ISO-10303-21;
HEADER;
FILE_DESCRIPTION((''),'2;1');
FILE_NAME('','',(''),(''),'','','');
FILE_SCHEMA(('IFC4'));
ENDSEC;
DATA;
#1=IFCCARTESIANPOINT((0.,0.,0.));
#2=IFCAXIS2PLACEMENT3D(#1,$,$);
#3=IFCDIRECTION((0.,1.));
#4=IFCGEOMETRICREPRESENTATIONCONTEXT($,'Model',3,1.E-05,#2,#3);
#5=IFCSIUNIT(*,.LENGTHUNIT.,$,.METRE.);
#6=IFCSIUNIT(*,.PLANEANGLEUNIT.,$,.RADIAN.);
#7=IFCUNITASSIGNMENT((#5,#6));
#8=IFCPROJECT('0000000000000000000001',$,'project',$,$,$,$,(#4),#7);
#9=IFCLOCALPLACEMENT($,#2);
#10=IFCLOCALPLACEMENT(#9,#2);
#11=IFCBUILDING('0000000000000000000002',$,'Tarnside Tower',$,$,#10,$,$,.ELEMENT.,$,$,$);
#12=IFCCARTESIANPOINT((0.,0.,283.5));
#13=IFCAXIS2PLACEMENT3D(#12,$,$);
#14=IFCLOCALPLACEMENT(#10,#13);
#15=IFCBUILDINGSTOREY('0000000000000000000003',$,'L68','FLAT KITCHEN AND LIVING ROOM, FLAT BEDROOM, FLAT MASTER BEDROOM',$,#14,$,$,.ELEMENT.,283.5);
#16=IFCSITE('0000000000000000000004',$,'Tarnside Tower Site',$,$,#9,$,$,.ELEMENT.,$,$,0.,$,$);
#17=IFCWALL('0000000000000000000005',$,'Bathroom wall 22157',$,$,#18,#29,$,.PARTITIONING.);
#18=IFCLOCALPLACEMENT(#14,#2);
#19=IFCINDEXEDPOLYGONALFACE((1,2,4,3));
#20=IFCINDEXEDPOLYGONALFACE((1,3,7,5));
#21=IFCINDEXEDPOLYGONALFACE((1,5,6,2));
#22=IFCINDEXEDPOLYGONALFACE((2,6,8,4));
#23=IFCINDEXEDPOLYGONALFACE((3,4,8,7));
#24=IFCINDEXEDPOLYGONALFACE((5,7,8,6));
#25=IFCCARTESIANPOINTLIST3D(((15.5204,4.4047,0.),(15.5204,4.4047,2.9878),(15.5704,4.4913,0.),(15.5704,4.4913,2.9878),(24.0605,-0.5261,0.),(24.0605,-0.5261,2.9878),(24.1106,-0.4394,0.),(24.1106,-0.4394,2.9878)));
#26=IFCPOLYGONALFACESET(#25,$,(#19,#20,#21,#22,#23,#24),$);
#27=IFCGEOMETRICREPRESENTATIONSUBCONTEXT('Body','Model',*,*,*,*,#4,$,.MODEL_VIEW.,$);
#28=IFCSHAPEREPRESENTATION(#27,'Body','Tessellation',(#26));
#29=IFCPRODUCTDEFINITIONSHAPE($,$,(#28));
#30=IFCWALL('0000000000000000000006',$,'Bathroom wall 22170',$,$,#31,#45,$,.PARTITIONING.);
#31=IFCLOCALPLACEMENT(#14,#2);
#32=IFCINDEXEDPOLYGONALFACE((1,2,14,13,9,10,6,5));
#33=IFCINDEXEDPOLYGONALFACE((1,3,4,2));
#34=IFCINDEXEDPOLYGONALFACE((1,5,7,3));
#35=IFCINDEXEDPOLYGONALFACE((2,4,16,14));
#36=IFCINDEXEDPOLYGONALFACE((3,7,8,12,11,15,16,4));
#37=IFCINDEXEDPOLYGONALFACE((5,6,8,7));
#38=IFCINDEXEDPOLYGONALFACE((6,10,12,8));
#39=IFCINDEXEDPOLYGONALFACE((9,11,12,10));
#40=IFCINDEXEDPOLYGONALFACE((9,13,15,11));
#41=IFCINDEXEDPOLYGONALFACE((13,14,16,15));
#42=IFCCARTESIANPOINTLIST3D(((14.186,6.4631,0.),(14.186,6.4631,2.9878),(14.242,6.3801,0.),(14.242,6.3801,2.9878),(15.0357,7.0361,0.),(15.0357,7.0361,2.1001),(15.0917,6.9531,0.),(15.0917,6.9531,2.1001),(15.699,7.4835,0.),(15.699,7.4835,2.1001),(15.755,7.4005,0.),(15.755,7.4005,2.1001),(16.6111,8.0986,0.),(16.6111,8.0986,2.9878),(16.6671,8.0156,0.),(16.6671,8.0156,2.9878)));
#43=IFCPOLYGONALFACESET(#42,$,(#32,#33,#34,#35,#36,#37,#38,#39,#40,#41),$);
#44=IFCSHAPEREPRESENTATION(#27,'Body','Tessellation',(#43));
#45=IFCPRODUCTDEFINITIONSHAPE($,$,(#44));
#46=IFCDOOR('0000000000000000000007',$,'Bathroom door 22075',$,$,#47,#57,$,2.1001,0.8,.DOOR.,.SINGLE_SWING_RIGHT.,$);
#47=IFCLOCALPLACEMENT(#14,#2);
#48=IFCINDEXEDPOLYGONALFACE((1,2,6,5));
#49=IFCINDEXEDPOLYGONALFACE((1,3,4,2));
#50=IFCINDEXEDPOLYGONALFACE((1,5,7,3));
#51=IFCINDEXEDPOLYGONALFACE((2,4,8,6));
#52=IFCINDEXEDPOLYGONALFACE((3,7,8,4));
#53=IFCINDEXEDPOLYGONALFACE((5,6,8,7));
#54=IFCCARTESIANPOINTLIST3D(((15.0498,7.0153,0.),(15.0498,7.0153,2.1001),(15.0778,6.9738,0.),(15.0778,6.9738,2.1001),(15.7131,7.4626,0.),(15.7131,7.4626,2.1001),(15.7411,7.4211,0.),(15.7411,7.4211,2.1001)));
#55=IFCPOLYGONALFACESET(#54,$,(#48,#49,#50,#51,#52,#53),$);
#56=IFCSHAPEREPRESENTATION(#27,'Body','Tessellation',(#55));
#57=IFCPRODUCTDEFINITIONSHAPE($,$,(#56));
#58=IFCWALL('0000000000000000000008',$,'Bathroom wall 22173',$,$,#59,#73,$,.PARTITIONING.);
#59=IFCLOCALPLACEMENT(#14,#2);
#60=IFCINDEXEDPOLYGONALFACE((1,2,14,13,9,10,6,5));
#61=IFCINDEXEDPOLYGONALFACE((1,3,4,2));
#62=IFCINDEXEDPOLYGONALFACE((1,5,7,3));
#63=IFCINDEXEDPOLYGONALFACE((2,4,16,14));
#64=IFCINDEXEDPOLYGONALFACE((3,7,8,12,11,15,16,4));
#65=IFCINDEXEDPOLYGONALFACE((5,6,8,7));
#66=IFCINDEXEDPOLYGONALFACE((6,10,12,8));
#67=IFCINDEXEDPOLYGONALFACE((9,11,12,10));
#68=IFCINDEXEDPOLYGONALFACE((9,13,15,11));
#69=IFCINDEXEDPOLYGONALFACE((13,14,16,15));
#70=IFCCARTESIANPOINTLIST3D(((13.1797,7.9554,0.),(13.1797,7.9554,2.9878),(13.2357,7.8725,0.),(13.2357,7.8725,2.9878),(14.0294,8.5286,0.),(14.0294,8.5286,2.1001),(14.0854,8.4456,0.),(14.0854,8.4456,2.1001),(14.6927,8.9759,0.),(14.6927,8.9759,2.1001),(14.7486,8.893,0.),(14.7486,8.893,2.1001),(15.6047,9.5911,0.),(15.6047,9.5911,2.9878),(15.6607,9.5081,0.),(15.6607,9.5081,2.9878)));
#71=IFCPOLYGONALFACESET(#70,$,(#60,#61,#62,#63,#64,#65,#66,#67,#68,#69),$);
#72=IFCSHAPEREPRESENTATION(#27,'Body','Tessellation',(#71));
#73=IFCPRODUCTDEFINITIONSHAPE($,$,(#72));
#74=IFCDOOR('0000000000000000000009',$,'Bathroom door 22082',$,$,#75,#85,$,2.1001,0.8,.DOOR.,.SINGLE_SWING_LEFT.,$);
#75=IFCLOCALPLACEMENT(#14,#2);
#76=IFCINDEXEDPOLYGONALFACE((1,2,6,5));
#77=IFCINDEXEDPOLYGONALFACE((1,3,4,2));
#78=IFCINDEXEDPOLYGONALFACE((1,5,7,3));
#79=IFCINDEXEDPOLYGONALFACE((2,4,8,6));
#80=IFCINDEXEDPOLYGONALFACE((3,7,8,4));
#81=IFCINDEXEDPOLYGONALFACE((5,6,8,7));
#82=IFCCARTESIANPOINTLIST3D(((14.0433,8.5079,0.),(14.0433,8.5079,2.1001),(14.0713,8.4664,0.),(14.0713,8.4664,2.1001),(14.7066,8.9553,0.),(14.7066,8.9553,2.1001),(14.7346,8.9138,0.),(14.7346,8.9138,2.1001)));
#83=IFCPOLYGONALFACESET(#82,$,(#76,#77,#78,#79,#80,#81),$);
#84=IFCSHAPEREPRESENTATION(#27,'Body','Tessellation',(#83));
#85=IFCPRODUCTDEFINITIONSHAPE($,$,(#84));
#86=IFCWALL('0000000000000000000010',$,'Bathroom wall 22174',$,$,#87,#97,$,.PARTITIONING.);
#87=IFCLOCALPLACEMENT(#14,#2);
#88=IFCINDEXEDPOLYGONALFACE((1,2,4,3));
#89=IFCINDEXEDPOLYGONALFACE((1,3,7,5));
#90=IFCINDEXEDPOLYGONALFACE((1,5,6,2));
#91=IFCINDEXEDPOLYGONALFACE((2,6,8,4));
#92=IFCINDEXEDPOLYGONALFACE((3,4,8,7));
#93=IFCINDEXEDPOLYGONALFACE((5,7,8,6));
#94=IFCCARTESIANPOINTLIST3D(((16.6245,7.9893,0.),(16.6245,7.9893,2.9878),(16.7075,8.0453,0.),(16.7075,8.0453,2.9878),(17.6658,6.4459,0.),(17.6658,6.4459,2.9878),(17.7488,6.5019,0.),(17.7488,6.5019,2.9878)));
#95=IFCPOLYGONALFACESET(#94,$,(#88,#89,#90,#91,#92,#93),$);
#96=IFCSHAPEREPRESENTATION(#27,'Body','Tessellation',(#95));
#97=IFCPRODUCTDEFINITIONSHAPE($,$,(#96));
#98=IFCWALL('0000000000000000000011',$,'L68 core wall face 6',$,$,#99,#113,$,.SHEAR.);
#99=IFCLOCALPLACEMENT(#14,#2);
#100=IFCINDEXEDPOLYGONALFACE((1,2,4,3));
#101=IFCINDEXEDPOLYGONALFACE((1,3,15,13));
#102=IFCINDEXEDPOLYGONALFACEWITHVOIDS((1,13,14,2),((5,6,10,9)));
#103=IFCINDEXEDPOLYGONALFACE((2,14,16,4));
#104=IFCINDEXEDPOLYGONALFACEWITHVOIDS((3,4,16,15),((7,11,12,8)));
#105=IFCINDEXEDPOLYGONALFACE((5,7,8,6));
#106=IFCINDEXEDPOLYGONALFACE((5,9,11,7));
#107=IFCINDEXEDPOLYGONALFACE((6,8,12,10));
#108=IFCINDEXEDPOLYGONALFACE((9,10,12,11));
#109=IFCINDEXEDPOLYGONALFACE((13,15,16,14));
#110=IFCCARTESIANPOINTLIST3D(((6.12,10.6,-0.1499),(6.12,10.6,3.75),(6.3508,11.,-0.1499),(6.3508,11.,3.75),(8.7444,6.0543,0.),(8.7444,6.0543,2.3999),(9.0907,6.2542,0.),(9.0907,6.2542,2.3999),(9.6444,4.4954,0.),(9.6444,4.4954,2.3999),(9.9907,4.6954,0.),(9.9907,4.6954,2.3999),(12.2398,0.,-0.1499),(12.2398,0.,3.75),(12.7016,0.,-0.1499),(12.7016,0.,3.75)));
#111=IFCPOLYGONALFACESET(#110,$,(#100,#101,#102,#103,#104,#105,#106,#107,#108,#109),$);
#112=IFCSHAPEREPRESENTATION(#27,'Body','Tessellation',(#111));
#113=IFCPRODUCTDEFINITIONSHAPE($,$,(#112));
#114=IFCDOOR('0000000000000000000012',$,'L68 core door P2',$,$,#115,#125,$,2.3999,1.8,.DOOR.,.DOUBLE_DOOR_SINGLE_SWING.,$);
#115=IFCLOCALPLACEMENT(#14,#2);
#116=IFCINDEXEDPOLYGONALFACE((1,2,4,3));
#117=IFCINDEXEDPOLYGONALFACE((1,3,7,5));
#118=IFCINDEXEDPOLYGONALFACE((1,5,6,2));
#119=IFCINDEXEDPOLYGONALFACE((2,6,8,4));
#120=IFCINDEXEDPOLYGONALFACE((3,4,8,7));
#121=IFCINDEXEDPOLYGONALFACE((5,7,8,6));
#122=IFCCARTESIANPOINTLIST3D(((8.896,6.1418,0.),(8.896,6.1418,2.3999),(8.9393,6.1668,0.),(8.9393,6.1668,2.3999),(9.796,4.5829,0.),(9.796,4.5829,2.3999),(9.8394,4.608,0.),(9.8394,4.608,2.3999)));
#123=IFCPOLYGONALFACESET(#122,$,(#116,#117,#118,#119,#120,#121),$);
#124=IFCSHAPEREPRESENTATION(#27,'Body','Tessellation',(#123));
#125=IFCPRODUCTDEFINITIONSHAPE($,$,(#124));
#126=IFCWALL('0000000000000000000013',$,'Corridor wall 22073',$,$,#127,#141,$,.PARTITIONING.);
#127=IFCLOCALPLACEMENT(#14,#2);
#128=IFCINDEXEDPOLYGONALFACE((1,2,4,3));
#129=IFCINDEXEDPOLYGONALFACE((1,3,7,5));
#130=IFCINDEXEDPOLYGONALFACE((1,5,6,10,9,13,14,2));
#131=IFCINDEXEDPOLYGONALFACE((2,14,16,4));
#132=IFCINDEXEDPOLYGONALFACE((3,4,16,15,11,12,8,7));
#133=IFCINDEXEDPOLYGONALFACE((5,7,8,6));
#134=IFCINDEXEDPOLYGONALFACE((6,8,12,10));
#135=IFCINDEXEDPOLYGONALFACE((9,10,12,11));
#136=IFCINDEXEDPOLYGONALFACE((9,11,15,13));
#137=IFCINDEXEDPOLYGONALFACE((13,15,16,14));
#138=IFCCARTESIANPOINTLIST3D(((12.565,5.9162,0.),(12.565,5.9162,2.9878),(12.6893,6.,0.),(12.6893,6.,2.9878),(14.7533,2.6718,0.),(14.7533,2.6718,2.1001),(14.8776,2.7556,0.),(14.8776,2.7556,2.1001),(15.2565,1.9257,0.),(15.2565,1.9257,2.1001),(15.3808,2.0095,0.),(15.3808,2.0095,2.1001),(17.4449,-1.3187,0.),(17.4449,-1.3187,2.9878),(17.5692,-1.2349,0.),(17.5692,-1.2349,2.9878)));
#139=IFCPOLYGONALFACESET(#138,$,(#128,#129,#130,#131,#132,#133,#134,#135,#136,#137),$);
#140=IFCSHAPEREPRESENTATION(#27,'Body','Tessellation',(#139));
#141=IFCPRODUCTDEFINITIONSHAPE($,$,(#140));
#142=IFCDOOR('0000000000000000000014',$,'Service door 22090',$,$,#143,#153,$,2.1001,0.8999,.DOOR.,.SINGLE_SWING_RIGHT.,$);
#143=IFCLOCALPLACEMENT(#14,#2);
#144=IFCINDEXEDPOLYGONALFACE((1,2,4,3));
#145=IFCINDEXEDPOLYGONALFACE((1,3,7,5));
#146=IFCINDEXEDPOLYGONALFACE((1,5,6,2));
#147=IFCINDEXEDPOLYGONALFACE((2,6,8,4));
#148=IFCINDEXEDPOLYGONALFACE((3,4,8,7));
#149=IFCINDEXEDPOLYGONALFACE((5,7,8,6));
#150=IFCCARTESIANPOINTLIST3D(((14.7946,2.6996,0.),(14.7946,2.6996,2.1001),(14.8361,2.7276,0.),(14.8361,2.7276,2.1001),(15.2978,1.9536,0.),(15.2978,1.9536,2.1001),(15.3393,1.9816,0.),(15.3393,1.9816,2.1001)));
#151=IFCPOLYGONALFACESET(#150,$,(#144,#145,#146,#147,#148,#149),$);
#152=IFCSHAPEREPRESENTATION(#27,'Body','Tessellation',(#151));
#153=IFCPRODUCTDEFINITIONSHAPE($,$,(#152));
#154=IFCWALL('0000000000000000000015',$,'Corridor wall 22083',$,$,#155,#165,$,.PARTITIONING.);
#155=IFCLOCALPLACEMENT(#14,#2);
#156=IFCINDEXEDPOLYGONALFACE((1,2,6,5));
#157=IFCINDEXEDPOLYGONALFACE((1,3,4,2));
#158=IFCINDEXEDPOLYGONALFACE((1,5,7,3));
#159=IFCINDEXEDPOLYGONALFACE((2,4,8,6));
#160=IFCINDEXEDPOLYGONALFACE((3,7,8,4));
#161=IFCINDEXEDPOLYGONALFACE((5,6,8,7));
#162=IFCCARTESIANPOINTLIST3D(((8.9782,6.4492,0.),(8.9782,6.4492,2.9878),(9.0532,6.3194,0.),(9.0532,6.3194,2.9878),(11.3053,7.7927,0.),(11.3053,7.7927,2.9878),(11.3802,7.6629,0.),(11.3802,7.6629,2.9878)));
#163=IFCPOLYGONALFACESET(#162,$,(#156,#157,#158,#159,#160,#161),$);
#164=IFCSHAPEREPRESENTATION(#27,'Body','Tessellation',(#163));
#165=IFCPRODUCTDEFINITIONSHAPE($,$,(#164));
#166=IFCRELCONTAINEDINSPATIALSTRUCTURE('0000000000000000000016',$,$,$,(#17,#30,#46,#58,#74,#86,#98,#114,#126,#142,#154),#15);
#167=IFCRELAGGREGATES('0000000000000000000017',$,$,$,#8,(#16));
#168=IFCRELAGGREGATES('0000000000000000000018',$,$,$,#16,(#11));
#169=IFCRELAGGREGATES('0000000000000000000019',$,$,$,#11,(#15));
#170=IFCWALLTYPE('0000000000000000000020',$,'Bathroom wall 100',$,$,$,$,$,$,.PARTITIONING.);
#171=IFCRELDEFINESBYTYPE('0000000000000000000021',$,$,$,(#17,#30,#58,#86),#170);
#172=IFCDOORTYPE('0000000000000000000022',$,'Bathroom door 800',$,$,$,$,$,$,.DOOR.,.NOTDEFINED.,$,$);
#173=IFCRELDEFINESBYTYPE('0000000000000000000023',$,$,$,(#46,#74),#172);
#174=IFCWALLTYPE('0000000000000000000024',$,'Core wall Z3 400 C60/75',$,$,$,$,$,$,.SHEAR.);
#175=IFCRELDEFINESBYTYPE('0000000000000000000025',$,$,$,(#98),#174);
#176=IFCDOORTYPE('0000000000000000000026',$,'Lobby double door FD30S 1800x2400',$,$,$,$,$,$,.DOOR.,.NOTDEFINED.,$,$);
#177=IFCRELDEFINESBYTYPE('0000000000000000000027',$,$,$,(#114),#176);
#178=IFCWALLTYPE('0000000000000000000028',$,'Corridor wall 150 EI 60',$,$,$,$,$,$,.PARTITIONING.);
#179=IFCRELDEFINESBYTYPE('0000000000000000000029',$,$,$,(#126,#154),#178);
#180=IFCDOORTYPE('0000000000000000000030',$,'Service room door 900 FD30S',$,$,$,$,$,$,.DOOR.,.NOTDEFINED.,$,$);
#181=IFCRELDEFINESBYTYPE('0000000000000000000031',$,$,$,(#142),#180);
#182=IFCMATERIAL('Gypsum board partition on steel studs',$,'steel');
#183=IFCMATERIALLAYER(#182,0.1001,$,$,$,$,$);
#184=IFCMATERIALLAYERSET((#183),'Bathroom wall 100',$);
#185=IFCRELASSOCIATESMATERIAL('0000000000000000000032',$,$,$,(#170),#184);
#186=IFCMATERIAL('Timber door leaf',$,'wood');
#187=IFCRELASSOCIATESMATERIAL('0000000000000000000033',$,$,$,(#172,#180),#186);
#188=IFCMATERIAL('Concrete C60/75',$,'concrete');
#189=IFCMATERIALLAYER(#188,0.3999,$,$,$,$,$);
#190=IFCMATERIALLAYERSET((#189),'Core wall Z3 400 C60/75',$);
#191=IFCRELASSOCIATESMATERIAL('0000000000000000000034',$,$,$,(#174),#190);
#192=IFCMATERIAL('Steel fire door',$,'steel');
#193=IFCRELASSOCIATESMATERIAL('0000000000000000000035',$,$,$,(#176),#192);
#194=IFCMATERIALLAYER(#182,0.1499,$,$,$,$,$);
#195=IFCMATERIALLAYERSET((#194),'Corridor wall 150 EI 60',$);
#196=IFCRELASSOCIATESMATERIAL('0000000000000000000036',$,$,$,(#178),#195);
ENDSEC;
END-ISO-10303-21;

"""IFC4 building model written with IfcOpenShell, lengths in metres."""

from ifc_helpers import new_model, si_unit, direction, frame, frame_2d, origin, place, context, subcontext, project, spatial, polyline, rectangle, outline, extrude, material, layer, layer_set, type_object, element, fill, save


model = new_model("IFC4")

# Units and contexts
model_context = context("Model", 3, precision=1e-05, world=origin(), true_north=direction((0.0, 1.0)))
body_context = subcontext(model_context, "Body", "Model", "MODEL_VIEW")
ifc_project = project(units=[si_unit("LENGTHUNIT", "METRE"), si_unit("PLANEANGLEUNIT", "RADIAN")], contexts=[model_context])

# Site, building, storey
site_placement = place(None, origin())
site = spatial("IfcSite", under=ifc_project, at=site_placement, Name="Tarnside Tower Site", CompositionType="ELEMENT", RefElevation=0.0)
building_placement = place(site_placement, origin())
building = spatial("IfcBuilding", under=site, at=building_placement, Name="Tarnside Tower", CompositionType="ELEMENT")
storey_placement = place(building_placement, frame((0.0, 0.0, 283.5)))
storey = spatial("IfcBuildingStorey", under=building, at=storey_placement, Name="L68", Description="FLAT KITCHEN AND LIVING ROOM, FLAT BEDROOM, FLAT MASTER BEDROOM", CompositionType="ELEMENT", Elevation=283.5)

# Wall
ifc_material_1 = material(Name="Gypsum board partition on steel studs", Category="steel")
ifc_layer_1 = layer(ifc_material_1, 0.1001)
ifc_layer_set_1 = layer_set([ifc_layer_1], Name="Bathroom wall 100")
wall_type_1 = type_object("IfcWallType", Name="Bathroom wall 100", PredefinedType="PARTITIONING", material=ifc_layer_set_1)
wall_1_placement = place(storey_placement, frame((15.5454, 4.448, 0.0), z_axis=(0.0, 0.0, 1.0), x_axis=(0.866022, -0.500005, 0.0)))
element("IfcWall", 1, at=wall_1_placement, inside=storey, type_object=wall_type_1, Name="Bathroom wall 22157", PredefinedType="PARTITIONING", context=body_context, shape_type="SweptSolid", body=[
    extrude(rectangle(XDim=9.8613, YDim=0.1001, at=frame_2d((4.9307, 0.0))), origin(), (0.0, 0.0, 1.0), 2.9878),
])

# Walls, openings, doors
wall_2_placement = place(storey_placement, frame((14.2141, 6.4216, 0.0), z_axis=(0.0, 0.0, 1.0), x_axis=(0.829072, 0.559142, 0.0)))
wall_2 = element("IfcWall", 2, at=wall_2_placement, inside=storey, type_object=wall_type_1, Name="Bathroom wall 22170", PredefinedType="PARTITIONING", context=body_context, shape_type="SweptSolid", body=[
    extrude(rectangle(XDim=2.925, YDim=0.1001, at=frame_2d((1.4624, 0.0))), origin(), (0.0, 0.0, 1.0), 2.9878),
])
opening_1_placement = place(wall_2_placement, frame((1.0249, 0.0, 0.0)))
opening_1 = element("IfcOpeningElement", 3, at=opening_1_placement, cuts=wall_2, PredefinedType="OPENING", context=body_context, shape_type="SweptSolid", body=[
    extrude(rectangle(XDim=0.8, YDim=2.1001, at=frame_2d((0.3999, 1.05))), frame((0.0, 0.0601, 0.0), z_axis=(0.0, -1.0, 0.0), x_axis=(1.0, 0.0, 0.0)), (0.0, 0.0, 1.0), 0.1201),
])
ifc_material_2 = material(Name="Timber door leaf", Category="wood")
door_type_1 = type_object("IfcDoorType", Name="Bathroom door 800", OperationType="NOTDEFINED", PredefinedType="DOOR", material=ifc_material_2)
door_1_placement = place(opening_1_placement, origin())
door_1 = element("IfcDoor", 4, at=door_1_placement, inside=storey, type_object=door_type_1, Name="Bathroom door 22075", OperationType="SINGLE_SWING_RIGHT", OverallHeight=2.1001, OverallWidth=0.8, PredefinedType="DOOR", context=body_context, shape_type="SweptSolid", body=[
    extrude(rectangle(XDim=0.8, YDim=2.1001, at=frame_2d((0.3999, 1.05))), frame((0.0, 0.0249, 0.0), z_axis=(0.0, -1.0, 0.0), x_axis=(1.0, 0.0, 0.0)), (0.0, 0.0, 1.0), 0.05),
])
fill(opening_1, door_1)
wall_3_placement = place(storey_placement, frame((15.6326, 9.5496, 0.0), z_axis=(0.0, 0.0, 1.0), x_axis=(-0.829033, -0.559199, 0.0)))
wall_3 = element("IfcWall", 5, at=wall_3_placement, inside=storey, type_object=wall_type_1, Name="Bathroom wall 22173", PredefinedType="PARTITIONING", context=body_context, shape_type="SweptSolid", body=[
    extrude(rectangle(XDim=2.925, YDim=0.1001, at=frame_2d((1.4624, 0.0))), origin(), (0.0, 0.0, 1.0), 2.9878),
])
opening_2_placement = place(wall_3_placement, frame((1.1001, 0.0, 0.0)))
opening_2 = element("IfcOpeningElement", 6, at=opening_2_placement, cuts=wall_3, PredefinedType="OPENING", context=body_context, shape_type="SweptSolid", body=[
    extrude(rectangle(XDim=0.8, YDim=2.1001, at=frame_2d((0.3999, 1.05))), frame((0.0, 0.0601, 0.0), z_axis=(0.0, -1.0, 0.0), x_axis=(1.0, 0.0, 0.0)), (0.0, 0.0, 1.0), 0.1201),
])
door_2_placement = place(opening_2_placement, origin())
door_2 = element("IfcDoor", 7, at=door_2_placement, inside=storey, type_object=door_type_1, Name="Bathroom door 22082", OperationType="SINGLE_SWING_LEFT", OverallHeight=2.1001, OverallWidth=0.8, PredefinedType="DOOR", context=body_context, shape_type="SweptSolid", body=[
    extrude(rectangle(XDim=0.8, YDim=2.1001, at=frame_2d((0.3999, 1.05))), frame((0.0, 0.0249, 0.0), z_axis=(0.0, -1.0, 0.0), x_axis=(1.0, 0.0, 0.0)), (0.0, 0.0, 1.0), 0.05),
])
fill(opening_2, door_2)

# Wall
wall_4_placement = place(storey_placement, frame((17.7073, 6.4739, 0.0), z_axis=(0.0, 0.0, 1.0), x_axis=(-0.559261, 0.828992, 0.0)))
element("IfcWall", 8, at=wall_4_placement, inside=storey, type_object=wall_type_1, Name="Bathroom wall 22174", PredefinedType="PARTITIONING", context=body_context, shape_type="SweptSolid", body=[
    extrude(rectangle(XDim=1.8618, YDim=0.1001, at=frame_2d((0.9309, 0.0))), origin(), (0.0, 0.0, 1.0), 2.9878),
])

# Walls, openings, doors
ifc_material_3 = material(Name="Concrete C60/75", Category="concrete")
ifc_layer_2 = layer(ifc_material_3, 0.3999)
ifc_layer_set_2 = layer_set([ifc_layer_2], Name="Core wall Z3 400 C60/75")
wall_type_2 = type_object("IfcWallType", Name="Core wall Z3 400 C60/75", PredefinedType="SHEAR", material=ifc_layer_set_2)
wall_5_placement = place(storey_placement, frame((12.4707, 0.0, -0.1499), z_axis=(0.0, 0.0, 1.0), x_axis=(-0.499996, 0.866027, 0.0)))
wall_5 = element("IfcWall", 9, at=wall_5_placement, inside=storey, type_object=wall_type_2, Name="L68 core wall face 6", PredefinedType="SHEAR", context=body_context, shape_type="SweptSolid", body=[
    extrude(outline(polyline([(-0.1155, -0.2), (12.5862, -0.2), (12.3552, 0.2), (0.1155, 0.2), (-0.1155, -0.2)])), origin(), (0.0, 0.0, 1.0), 3.8999),
])
opening_3_placement = place(wall_5_placement, frame((5.3064, 0.0, 0.1499)))
opening_3 = element("IfcOpeningElement", 10, at=opening_3_placement, cuts=wall_5, PredefinedType="OPENING", context=body_context, shape_type="SweptSolid", body=[
    extrude(rectangle(XDim=1.8, YDim=2.3999, at=frame_2d((0.8999, 1.2))), frame((0.0, 0.21, 0.0), z_axis=(0.0, -1.0, 0.0), x_axis=(1.0, 0.0, 0.0)), (0.0, 0.0, 1.0), 0.4199),
])
ifc_material_4 = material(Name="Steel fire door", Category="steel")
door_type_2 = type_object("IfcDoorType", Name="Lobby double door FD30S 1800x2400", OperationType="NOTDEFINED", PredefinedType="DOOR", material=ifc_material_4)
door_3_placement = place(opening_3_placement, origin())
door_3 = element("IfcDoor", 11, at=door_3_placement, inside=storey, type_object=door_type_2, Name="L68 core door P2", OperationType="DOUBLE_DOOR_SINGLE_SWING", OverallHeight=2.3999, OverallWidth=1.8, PredefinedType="DOOR", context=body_context, shape_type="SweptSolid", body=[
    extrude(rectangle(XDim=1.8, YDim=2.3999, at=frame_2d((0.8999, 1.2))), frame((0.0, 0.0249, 0.0), z_axis=(0.0, -1.0, 0.0), x_axis=(1.0, 0.0, 0.0)), (0.0, 0.0, 1.0), 0.05),
])
fill(opening_3, door_3)
ifc_layer_3 = layer(ifc_material_1, 0.1499)
ifc_layer_set_3 = layer_set([ifc_layer_3], Name="Corridor wall 150 EI 60")
wall_type_3 = type_object("IfcWallType", Name="Corridor wall 150 EI 60", PredefinedType="PARTITIONING", material=ifc_layer_set_3)
wall_6_placement = place(storey_placement, frame((12.6272, 5.958, 0.0), z_axis=(0.0, 0.0, 1.0), x_axis=(0.559185, -0.829043, 0.0)))
wall_6 = element("IfcWall", 12, at=wall_6_placement, inside=storey, type_object=wall_type_3, Name="Corridor wall 22073", PredefinedType="PARTITIONING", context=body_context, shape_type="SweptSolid", body=[
    extrude(rectangle(XDim=8.7268, YDim=0.1499, at=frame_2d((4.3633, 0.0))), origin(), (0.0, 0.0, 1.0), 2.9878),
])
opening_4_placement = place(wall_6_placement, frame((3.9133, 0.0, 0.0)))
opening_4 = element("IfcOpeningElement", 13, at=opening_4_placement, cuts=wall_6, PredefinedType="OPENING", context=body_context, shape_type="SweptSolid", body=[
    extrude(rectangle(XDim=0.8999, YDim=2.1001, at=frame_2d((0.45, 1.05))), frame((0.0, 0.085, 0.0), z_axis=(0.0, -1.0, 0.0), x_axis=(1.0, 0.0, 0.0)), (0.0, 0.0, 1.0), 0.1699),
])
door_type_3 = type_object("IfcDoorType", Name="Service room door 900 FD30S", OperationType="NOTDEFINED", PredefinedType="DOOR", material=ifc_material_2)
door_4_placement = place(opening_4_placement, origin())
door_4 = element("IfcDoor", 14, at=door_4_placement, inside=storey, type_object=door_type_3, Name="Service door 22090", OperationType="SINGLE_SWING_RIGHT", OverallHeight=2.1001, OverallWidth=0.8999, PredefinedType="DOOR", context=body_context, shape_type="SweptSolid", body=[
    extrude(rectangle(XDim=0.8999, YDim=2.1001, at=frame_2d((0.45, 1.05))), frame((0.0, 0.0249, 0.0), z_axis=(0.0, -1.0, 0.0), x_axis=(1.0, 0.0, 0.0)), (0.0, 0.0, 1.0), 0.05),
])
fill(opening_4, door_4)

# Wall
wall_7_placement = place(storey_placement, frame((11.3428, 7.7278, 0.0), z_axis=(0.0, 0.0, 1.0), x_axis=(-0.866037, -0.499979, 0.0)))
element("IfcWall", 15, at=wall_7_placement, inside=storey, type_object=wall_type_3, Name="Corridor wall 22083", PredefinedType="PARTITIONING", context=body_context, shape_type="SweptSolid", body=[
    extrude(rectangle(XDim=2.687, YDim=0.1499, at=frame_2d((1.3435, 0.0))), origin(), (0.0, 0.0, 1.0), 2.9878),
])

save(model, "model.ifc")
